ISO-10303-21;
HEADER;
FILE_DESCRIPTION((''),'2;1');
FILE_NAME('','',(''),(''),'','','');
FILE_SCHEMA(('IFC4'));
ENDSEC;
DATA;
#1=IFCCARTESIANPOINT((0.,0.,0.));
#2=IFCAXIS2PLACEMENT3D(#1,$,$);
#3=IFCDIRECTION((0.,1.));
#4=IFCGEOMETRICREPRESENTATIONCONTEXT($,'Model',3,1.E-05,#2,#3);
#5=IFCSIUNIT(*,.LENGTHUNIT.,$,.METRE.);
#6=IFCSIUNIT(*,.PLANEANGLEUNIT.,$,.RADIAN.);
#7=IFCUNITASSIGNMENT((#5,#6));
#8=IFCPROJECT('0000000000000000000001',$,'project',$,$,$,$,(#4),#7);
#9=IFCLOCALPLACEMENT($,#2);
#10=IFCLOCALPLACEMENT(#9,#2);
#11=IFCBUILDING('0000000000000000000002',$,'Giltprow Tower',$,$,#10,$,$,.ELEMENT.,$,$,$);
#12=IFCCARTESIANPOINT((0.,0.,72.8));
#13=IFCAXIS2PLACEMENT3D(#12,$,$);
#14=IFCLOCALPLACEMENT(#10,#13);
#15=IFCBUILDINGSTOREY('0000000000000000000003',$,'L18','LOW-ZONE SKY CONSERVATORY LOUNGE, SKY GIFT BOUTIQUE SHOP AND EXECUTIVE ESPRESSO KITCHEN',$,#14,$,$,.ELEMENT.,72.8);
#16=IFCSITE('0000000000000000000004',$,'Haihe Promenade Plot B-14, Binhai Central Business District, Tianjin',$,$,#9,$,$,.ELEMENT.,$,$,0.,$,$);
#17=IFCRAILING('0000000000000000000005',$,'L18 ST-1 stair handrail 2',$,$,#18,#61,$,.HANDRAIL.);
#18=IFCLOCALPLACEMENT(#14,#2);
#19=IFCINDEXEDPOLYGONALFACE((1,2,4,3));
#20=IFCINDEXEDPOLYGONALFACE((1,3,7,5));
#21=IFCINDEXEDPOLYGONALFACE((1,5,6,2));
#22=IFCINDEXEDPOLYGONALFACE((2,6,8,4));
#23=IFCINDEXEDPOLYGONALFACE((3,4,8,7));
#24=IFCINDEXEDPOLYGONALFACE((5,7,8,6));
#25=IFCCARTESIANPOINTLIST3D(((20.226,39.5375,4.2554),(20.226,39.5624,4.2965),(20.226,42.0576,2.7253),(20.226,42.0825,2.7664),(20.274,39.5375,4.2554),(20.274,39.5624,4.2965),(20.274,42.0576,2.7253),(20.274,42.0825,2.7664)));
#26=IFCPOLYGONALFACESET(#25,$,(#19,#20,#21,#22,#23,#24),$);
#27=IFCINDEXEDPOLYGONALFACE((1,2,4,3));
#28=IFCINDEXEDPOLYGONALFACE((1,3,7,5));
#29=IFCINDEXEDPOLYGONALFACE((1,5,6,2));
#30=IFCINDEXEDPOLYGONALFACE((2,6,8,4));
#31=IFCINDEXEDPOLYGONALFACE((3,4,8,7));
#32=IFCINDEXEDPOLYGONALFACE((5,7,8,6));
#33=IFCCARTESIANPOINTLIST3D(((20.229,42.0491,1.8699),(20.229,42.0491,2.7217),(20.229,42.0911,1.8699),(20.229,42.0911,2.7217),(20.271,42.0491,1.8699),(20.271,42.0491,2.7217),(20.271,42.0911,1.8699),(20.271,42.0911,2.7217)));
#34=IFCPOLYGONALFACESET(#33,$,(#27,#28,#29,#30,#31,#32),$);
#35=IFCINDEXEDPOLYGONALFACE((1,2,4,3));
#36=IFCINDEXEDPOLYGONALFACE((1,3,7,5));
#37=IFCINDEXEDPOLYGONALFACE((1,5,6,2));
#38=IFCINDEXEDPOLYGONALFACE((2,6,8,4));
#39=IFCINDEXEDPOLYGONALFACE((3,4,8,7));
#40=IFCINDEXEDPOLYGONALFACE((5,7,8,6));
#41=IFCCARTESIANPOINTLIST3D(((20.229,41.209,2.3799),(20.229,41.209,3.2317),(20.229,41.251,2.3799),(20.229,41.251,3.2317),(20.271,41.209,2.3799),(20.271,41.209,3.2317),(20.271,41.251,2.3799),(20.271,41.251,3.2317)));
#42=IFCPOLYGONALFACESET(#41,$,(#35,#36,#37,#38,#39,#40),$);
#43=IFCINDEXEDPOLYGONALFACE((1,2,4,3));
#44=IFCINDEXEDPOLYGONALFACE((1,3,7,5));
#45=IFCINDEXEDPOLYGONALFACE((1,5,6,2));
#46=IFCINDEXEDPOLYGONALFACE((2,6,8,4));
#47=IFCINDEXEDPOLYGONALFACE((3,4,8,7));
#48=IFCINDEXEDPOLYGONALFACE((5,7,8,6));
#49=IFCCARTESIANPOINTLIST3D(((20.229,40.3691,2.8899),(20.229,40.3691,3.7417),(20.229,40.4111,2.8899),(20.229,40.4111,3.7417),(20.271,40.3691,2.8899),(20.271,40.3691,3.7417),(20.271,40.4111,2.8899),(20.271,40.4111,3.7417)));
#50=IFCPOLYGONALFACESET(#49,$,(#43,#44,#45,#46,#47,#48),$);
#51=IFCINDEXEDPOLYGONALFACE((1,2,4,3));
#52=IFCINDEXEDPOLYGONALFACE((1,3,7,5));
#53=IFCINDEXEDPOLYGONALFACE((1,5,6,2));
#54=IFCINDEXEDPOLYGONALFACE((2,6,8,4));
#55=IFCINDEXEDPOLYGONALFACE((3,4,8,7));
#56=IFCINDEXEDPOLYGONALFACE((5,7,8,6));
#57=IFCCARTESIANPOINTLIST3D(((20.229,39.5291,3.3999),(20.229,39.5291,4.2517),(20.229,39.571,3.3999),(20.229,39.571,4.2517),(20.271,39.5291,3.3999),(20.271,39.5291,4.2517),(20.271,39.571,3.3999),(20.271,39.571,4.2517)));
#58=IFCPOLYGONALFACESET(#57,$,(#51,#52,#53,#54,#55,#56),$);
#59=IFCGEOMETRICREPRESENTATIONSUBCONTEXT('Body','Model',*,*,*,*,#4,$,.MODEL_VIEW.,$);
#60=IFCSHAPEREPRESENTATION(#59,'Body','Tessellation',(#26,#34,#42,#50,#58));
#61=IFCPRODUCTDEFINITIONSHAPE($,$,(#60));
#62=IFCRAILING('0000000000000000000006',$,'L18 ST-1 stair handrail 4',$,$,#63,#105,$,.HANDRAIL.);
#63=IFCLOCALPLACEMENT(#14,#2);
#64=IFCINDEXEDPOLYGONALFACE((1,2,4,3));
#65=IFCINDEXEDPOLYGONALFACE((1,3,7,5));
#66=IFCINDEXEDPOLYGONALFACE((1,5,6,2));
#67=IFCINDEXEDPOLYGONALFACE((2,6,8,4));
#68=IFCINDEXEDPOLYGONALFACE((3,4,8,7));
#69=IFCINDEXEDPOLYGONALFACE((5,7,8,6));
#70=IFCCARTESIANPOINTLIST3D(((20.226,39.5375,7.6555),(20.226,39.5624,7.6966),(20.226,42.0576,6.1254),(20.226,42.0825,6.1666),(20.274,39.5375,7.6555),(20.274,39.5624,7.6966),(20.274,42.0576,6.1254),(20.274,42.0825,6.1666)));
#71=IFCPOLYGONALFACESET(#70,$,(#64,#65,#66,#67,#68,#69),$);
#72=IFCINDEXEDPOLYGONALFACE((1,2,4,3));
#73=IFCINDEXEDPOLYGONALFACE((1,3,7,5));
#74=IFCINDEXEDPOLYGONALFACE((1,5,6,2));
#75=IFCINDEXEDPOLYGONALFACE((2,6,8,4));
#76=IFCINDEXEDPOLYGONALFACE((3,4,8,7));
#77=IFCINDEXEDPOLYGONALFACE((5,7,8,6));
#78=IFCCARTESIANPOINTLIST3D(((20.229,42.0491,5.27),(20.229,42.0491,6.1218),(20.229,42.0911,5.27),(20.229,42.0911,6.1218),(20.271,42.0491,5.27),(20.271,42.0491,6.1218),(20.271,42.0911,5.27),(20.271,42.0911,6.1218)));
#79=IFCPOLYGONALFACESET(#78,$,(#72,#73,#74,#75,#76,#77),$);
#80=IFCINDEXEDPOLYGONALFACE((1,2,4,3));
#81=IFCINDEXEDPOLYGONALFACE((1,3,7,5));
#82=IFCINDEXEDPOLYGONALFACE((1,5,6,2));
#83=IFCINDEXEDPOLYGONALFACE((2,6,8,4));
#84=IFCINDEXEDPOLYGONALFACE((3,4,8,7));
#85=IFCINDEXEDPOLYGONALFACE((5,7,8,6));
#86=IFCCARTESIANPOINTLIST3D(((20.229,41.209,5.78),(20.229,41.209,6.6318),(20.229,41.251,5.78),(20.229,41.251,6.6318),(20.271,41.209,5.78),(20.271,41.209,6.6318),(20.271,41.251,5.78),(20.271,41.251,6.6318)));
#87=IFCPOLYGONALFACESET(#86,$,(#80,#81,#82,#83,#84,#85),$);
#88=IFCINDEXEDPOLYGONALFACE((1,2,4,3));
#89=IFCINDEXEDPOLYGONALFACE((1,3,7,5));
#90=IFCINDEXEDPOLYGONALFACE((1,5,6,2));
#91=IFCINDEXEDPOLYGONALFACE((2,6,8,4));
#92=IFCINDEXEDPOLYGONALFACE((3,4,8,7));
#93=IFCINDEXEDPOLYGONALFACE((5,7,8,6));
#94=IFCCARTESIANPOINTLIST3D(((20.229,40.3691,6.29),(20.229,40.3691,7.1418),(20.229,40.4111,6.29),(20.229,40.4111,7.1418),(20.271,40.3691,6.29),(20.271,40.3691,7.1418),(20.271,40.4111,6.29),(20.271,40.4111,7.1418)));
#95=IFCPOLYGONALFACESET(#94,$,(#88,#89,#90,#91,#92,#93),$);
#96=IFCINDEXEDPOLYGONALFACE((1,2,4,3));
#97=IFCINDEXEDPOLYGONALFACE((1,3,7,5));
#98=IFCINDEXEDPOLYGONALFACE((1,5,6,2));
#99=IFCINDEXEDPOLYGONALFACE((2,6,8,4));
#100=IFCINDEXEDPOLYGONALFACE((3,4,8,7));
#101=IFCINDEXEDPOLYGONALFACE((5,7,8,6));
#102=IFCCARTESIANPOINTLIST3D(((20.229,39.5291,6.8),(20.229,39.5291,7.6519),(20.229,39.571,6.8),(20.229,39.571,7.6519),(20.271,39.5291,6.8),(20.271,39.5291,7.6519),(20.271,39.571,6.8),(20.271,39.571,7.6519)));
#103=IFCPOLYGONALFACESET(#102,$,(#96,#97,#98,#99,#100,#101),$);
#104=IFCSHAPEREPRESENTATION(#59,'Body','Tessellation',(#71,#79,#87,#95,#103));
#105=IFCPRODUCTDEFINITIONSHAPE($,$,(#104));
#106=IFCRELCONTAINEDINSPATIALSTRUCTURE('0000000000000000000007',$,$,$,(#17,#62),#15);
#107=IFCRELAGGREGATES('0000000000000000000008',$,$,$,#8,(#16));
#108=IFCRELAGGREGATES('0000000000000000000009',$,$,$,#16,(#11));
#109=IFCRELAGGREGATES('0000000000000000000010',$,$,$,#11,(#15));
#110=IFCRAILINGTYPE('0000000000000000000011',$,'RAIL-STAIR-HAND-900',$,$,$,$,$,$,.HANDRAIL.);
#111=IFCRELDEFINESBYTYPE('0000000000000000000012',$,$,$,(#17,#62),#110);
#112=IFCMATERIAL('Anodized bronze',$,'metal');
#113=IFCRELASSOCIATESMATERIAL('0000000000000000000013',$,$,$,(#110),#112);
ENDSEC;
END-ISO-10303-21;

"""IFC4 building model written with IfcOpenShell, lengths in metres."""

from ifc_helpers import new_model, si_unit, direction, frame, origin, origin_2d, place, context, subcontext, project, spatial, rectangle, extrude, material, type_object, element, save


model = new_model("IFC4")

# Units and contexts
model_context = context("Model", 3, precision=1e-05, world=origin(), true_north=direction((0.0, 1.0)))
body_context = subcontext(model_context, "Body", "Model", "MODEL_VIEW")
ifc_project = project(units=[si_unit("LENGTHUNIT", "METRE"), si_unit("PLANEANGLEUNIT", "RADIAN")], contexts=[model_context])

# Site, building, storey
site_placement = place(None, origin())
site = spatial("IfcSite", under=ifc_project, at=site_placement, Name="Haihe Promenade Plot B-14, Binhai Central Business District, Tianjin", CompositionType="ELEMENT", RefElevation=0.0)
building_placement = place(site_placement, origin())
building = spatial("IfcBuilding", under=site, at=building_placement, Name="Giltprow Tower", CompositionType="ELEMENT")
storey_placement = place(building_placement, frame((0.0, 0.0, 72.8)))
storey = spatial("IfcBuildingStorey", under=building, at=storey_placement, Name="L18", Description="LOW-ZONE SKY CONSERVATORY LOUNGE, SKY GIFT BOUTIQUE SHOP AND EXECUTIVE ESPRESSO KITCHEN", CompositionType="ELEMENT", Elevation=72.8)

# Railings
ifc_material_1 = material(Name="Anodized bronze", Category="metal")
railing_type_1 = type_object("IfcRailingType", Name="RAIL-STAIR-HAND-900", PredefinedType="HANDRAIL", material=ifc_material_1)
for number, where, name in (
    (1, (20.25, 42.0701, 1.8699), "L18 ST-1 stair handrail 2"),
    (2, (20.25, 42.0701, 5.27), "L18 ST-1 stair handrail 4"),
):
    element("IfcRailing", number, at=place(storey_placement, frame(where)), inside=storey, type_object=railing_type_1, Name=name, PredefinedType="HANDRAIL", context=body_context, shape_type="SweptSolid", body=[
        extrude(rectangle(XDim=0.0481, YDim=0.0481, at=origin_2d()), frame((0.0, 0.0, 0.876), z_axis=(0.0, -0.854785, 0.518982), x_axis=(1.0, 0.0, 0.0)), (0.0, 0.0, 1.0), 2.9482),
        extrude(rectangle(XDim=0.042, YDim=0.042, at=origin_2d()), origin(), (0.0, 0.0, 1.0), 0.8518),
        extrude(rectangle(XDim=0.042, YDim=0.042, at=origin_2d()), frame((0.0, -0.8401, 0.51)), (0.0, 0.0, 1.0), 0.8518),
        extrude(rectangle(XDim=0.042, YDim=0.042, at=origin_2d()), frame((0.0, -1.6799, 1.02)), (0.0, 0.0, 1.0), 0.8518),
        extrude(rectangle(XDim=0.042, YDim=0.042, at=origin_2d()), frame((0.0, -2.52, 1.53)), (0.0, 0.0, 1.0), 0.8518),
    ])

save(model, "model.ifc")
